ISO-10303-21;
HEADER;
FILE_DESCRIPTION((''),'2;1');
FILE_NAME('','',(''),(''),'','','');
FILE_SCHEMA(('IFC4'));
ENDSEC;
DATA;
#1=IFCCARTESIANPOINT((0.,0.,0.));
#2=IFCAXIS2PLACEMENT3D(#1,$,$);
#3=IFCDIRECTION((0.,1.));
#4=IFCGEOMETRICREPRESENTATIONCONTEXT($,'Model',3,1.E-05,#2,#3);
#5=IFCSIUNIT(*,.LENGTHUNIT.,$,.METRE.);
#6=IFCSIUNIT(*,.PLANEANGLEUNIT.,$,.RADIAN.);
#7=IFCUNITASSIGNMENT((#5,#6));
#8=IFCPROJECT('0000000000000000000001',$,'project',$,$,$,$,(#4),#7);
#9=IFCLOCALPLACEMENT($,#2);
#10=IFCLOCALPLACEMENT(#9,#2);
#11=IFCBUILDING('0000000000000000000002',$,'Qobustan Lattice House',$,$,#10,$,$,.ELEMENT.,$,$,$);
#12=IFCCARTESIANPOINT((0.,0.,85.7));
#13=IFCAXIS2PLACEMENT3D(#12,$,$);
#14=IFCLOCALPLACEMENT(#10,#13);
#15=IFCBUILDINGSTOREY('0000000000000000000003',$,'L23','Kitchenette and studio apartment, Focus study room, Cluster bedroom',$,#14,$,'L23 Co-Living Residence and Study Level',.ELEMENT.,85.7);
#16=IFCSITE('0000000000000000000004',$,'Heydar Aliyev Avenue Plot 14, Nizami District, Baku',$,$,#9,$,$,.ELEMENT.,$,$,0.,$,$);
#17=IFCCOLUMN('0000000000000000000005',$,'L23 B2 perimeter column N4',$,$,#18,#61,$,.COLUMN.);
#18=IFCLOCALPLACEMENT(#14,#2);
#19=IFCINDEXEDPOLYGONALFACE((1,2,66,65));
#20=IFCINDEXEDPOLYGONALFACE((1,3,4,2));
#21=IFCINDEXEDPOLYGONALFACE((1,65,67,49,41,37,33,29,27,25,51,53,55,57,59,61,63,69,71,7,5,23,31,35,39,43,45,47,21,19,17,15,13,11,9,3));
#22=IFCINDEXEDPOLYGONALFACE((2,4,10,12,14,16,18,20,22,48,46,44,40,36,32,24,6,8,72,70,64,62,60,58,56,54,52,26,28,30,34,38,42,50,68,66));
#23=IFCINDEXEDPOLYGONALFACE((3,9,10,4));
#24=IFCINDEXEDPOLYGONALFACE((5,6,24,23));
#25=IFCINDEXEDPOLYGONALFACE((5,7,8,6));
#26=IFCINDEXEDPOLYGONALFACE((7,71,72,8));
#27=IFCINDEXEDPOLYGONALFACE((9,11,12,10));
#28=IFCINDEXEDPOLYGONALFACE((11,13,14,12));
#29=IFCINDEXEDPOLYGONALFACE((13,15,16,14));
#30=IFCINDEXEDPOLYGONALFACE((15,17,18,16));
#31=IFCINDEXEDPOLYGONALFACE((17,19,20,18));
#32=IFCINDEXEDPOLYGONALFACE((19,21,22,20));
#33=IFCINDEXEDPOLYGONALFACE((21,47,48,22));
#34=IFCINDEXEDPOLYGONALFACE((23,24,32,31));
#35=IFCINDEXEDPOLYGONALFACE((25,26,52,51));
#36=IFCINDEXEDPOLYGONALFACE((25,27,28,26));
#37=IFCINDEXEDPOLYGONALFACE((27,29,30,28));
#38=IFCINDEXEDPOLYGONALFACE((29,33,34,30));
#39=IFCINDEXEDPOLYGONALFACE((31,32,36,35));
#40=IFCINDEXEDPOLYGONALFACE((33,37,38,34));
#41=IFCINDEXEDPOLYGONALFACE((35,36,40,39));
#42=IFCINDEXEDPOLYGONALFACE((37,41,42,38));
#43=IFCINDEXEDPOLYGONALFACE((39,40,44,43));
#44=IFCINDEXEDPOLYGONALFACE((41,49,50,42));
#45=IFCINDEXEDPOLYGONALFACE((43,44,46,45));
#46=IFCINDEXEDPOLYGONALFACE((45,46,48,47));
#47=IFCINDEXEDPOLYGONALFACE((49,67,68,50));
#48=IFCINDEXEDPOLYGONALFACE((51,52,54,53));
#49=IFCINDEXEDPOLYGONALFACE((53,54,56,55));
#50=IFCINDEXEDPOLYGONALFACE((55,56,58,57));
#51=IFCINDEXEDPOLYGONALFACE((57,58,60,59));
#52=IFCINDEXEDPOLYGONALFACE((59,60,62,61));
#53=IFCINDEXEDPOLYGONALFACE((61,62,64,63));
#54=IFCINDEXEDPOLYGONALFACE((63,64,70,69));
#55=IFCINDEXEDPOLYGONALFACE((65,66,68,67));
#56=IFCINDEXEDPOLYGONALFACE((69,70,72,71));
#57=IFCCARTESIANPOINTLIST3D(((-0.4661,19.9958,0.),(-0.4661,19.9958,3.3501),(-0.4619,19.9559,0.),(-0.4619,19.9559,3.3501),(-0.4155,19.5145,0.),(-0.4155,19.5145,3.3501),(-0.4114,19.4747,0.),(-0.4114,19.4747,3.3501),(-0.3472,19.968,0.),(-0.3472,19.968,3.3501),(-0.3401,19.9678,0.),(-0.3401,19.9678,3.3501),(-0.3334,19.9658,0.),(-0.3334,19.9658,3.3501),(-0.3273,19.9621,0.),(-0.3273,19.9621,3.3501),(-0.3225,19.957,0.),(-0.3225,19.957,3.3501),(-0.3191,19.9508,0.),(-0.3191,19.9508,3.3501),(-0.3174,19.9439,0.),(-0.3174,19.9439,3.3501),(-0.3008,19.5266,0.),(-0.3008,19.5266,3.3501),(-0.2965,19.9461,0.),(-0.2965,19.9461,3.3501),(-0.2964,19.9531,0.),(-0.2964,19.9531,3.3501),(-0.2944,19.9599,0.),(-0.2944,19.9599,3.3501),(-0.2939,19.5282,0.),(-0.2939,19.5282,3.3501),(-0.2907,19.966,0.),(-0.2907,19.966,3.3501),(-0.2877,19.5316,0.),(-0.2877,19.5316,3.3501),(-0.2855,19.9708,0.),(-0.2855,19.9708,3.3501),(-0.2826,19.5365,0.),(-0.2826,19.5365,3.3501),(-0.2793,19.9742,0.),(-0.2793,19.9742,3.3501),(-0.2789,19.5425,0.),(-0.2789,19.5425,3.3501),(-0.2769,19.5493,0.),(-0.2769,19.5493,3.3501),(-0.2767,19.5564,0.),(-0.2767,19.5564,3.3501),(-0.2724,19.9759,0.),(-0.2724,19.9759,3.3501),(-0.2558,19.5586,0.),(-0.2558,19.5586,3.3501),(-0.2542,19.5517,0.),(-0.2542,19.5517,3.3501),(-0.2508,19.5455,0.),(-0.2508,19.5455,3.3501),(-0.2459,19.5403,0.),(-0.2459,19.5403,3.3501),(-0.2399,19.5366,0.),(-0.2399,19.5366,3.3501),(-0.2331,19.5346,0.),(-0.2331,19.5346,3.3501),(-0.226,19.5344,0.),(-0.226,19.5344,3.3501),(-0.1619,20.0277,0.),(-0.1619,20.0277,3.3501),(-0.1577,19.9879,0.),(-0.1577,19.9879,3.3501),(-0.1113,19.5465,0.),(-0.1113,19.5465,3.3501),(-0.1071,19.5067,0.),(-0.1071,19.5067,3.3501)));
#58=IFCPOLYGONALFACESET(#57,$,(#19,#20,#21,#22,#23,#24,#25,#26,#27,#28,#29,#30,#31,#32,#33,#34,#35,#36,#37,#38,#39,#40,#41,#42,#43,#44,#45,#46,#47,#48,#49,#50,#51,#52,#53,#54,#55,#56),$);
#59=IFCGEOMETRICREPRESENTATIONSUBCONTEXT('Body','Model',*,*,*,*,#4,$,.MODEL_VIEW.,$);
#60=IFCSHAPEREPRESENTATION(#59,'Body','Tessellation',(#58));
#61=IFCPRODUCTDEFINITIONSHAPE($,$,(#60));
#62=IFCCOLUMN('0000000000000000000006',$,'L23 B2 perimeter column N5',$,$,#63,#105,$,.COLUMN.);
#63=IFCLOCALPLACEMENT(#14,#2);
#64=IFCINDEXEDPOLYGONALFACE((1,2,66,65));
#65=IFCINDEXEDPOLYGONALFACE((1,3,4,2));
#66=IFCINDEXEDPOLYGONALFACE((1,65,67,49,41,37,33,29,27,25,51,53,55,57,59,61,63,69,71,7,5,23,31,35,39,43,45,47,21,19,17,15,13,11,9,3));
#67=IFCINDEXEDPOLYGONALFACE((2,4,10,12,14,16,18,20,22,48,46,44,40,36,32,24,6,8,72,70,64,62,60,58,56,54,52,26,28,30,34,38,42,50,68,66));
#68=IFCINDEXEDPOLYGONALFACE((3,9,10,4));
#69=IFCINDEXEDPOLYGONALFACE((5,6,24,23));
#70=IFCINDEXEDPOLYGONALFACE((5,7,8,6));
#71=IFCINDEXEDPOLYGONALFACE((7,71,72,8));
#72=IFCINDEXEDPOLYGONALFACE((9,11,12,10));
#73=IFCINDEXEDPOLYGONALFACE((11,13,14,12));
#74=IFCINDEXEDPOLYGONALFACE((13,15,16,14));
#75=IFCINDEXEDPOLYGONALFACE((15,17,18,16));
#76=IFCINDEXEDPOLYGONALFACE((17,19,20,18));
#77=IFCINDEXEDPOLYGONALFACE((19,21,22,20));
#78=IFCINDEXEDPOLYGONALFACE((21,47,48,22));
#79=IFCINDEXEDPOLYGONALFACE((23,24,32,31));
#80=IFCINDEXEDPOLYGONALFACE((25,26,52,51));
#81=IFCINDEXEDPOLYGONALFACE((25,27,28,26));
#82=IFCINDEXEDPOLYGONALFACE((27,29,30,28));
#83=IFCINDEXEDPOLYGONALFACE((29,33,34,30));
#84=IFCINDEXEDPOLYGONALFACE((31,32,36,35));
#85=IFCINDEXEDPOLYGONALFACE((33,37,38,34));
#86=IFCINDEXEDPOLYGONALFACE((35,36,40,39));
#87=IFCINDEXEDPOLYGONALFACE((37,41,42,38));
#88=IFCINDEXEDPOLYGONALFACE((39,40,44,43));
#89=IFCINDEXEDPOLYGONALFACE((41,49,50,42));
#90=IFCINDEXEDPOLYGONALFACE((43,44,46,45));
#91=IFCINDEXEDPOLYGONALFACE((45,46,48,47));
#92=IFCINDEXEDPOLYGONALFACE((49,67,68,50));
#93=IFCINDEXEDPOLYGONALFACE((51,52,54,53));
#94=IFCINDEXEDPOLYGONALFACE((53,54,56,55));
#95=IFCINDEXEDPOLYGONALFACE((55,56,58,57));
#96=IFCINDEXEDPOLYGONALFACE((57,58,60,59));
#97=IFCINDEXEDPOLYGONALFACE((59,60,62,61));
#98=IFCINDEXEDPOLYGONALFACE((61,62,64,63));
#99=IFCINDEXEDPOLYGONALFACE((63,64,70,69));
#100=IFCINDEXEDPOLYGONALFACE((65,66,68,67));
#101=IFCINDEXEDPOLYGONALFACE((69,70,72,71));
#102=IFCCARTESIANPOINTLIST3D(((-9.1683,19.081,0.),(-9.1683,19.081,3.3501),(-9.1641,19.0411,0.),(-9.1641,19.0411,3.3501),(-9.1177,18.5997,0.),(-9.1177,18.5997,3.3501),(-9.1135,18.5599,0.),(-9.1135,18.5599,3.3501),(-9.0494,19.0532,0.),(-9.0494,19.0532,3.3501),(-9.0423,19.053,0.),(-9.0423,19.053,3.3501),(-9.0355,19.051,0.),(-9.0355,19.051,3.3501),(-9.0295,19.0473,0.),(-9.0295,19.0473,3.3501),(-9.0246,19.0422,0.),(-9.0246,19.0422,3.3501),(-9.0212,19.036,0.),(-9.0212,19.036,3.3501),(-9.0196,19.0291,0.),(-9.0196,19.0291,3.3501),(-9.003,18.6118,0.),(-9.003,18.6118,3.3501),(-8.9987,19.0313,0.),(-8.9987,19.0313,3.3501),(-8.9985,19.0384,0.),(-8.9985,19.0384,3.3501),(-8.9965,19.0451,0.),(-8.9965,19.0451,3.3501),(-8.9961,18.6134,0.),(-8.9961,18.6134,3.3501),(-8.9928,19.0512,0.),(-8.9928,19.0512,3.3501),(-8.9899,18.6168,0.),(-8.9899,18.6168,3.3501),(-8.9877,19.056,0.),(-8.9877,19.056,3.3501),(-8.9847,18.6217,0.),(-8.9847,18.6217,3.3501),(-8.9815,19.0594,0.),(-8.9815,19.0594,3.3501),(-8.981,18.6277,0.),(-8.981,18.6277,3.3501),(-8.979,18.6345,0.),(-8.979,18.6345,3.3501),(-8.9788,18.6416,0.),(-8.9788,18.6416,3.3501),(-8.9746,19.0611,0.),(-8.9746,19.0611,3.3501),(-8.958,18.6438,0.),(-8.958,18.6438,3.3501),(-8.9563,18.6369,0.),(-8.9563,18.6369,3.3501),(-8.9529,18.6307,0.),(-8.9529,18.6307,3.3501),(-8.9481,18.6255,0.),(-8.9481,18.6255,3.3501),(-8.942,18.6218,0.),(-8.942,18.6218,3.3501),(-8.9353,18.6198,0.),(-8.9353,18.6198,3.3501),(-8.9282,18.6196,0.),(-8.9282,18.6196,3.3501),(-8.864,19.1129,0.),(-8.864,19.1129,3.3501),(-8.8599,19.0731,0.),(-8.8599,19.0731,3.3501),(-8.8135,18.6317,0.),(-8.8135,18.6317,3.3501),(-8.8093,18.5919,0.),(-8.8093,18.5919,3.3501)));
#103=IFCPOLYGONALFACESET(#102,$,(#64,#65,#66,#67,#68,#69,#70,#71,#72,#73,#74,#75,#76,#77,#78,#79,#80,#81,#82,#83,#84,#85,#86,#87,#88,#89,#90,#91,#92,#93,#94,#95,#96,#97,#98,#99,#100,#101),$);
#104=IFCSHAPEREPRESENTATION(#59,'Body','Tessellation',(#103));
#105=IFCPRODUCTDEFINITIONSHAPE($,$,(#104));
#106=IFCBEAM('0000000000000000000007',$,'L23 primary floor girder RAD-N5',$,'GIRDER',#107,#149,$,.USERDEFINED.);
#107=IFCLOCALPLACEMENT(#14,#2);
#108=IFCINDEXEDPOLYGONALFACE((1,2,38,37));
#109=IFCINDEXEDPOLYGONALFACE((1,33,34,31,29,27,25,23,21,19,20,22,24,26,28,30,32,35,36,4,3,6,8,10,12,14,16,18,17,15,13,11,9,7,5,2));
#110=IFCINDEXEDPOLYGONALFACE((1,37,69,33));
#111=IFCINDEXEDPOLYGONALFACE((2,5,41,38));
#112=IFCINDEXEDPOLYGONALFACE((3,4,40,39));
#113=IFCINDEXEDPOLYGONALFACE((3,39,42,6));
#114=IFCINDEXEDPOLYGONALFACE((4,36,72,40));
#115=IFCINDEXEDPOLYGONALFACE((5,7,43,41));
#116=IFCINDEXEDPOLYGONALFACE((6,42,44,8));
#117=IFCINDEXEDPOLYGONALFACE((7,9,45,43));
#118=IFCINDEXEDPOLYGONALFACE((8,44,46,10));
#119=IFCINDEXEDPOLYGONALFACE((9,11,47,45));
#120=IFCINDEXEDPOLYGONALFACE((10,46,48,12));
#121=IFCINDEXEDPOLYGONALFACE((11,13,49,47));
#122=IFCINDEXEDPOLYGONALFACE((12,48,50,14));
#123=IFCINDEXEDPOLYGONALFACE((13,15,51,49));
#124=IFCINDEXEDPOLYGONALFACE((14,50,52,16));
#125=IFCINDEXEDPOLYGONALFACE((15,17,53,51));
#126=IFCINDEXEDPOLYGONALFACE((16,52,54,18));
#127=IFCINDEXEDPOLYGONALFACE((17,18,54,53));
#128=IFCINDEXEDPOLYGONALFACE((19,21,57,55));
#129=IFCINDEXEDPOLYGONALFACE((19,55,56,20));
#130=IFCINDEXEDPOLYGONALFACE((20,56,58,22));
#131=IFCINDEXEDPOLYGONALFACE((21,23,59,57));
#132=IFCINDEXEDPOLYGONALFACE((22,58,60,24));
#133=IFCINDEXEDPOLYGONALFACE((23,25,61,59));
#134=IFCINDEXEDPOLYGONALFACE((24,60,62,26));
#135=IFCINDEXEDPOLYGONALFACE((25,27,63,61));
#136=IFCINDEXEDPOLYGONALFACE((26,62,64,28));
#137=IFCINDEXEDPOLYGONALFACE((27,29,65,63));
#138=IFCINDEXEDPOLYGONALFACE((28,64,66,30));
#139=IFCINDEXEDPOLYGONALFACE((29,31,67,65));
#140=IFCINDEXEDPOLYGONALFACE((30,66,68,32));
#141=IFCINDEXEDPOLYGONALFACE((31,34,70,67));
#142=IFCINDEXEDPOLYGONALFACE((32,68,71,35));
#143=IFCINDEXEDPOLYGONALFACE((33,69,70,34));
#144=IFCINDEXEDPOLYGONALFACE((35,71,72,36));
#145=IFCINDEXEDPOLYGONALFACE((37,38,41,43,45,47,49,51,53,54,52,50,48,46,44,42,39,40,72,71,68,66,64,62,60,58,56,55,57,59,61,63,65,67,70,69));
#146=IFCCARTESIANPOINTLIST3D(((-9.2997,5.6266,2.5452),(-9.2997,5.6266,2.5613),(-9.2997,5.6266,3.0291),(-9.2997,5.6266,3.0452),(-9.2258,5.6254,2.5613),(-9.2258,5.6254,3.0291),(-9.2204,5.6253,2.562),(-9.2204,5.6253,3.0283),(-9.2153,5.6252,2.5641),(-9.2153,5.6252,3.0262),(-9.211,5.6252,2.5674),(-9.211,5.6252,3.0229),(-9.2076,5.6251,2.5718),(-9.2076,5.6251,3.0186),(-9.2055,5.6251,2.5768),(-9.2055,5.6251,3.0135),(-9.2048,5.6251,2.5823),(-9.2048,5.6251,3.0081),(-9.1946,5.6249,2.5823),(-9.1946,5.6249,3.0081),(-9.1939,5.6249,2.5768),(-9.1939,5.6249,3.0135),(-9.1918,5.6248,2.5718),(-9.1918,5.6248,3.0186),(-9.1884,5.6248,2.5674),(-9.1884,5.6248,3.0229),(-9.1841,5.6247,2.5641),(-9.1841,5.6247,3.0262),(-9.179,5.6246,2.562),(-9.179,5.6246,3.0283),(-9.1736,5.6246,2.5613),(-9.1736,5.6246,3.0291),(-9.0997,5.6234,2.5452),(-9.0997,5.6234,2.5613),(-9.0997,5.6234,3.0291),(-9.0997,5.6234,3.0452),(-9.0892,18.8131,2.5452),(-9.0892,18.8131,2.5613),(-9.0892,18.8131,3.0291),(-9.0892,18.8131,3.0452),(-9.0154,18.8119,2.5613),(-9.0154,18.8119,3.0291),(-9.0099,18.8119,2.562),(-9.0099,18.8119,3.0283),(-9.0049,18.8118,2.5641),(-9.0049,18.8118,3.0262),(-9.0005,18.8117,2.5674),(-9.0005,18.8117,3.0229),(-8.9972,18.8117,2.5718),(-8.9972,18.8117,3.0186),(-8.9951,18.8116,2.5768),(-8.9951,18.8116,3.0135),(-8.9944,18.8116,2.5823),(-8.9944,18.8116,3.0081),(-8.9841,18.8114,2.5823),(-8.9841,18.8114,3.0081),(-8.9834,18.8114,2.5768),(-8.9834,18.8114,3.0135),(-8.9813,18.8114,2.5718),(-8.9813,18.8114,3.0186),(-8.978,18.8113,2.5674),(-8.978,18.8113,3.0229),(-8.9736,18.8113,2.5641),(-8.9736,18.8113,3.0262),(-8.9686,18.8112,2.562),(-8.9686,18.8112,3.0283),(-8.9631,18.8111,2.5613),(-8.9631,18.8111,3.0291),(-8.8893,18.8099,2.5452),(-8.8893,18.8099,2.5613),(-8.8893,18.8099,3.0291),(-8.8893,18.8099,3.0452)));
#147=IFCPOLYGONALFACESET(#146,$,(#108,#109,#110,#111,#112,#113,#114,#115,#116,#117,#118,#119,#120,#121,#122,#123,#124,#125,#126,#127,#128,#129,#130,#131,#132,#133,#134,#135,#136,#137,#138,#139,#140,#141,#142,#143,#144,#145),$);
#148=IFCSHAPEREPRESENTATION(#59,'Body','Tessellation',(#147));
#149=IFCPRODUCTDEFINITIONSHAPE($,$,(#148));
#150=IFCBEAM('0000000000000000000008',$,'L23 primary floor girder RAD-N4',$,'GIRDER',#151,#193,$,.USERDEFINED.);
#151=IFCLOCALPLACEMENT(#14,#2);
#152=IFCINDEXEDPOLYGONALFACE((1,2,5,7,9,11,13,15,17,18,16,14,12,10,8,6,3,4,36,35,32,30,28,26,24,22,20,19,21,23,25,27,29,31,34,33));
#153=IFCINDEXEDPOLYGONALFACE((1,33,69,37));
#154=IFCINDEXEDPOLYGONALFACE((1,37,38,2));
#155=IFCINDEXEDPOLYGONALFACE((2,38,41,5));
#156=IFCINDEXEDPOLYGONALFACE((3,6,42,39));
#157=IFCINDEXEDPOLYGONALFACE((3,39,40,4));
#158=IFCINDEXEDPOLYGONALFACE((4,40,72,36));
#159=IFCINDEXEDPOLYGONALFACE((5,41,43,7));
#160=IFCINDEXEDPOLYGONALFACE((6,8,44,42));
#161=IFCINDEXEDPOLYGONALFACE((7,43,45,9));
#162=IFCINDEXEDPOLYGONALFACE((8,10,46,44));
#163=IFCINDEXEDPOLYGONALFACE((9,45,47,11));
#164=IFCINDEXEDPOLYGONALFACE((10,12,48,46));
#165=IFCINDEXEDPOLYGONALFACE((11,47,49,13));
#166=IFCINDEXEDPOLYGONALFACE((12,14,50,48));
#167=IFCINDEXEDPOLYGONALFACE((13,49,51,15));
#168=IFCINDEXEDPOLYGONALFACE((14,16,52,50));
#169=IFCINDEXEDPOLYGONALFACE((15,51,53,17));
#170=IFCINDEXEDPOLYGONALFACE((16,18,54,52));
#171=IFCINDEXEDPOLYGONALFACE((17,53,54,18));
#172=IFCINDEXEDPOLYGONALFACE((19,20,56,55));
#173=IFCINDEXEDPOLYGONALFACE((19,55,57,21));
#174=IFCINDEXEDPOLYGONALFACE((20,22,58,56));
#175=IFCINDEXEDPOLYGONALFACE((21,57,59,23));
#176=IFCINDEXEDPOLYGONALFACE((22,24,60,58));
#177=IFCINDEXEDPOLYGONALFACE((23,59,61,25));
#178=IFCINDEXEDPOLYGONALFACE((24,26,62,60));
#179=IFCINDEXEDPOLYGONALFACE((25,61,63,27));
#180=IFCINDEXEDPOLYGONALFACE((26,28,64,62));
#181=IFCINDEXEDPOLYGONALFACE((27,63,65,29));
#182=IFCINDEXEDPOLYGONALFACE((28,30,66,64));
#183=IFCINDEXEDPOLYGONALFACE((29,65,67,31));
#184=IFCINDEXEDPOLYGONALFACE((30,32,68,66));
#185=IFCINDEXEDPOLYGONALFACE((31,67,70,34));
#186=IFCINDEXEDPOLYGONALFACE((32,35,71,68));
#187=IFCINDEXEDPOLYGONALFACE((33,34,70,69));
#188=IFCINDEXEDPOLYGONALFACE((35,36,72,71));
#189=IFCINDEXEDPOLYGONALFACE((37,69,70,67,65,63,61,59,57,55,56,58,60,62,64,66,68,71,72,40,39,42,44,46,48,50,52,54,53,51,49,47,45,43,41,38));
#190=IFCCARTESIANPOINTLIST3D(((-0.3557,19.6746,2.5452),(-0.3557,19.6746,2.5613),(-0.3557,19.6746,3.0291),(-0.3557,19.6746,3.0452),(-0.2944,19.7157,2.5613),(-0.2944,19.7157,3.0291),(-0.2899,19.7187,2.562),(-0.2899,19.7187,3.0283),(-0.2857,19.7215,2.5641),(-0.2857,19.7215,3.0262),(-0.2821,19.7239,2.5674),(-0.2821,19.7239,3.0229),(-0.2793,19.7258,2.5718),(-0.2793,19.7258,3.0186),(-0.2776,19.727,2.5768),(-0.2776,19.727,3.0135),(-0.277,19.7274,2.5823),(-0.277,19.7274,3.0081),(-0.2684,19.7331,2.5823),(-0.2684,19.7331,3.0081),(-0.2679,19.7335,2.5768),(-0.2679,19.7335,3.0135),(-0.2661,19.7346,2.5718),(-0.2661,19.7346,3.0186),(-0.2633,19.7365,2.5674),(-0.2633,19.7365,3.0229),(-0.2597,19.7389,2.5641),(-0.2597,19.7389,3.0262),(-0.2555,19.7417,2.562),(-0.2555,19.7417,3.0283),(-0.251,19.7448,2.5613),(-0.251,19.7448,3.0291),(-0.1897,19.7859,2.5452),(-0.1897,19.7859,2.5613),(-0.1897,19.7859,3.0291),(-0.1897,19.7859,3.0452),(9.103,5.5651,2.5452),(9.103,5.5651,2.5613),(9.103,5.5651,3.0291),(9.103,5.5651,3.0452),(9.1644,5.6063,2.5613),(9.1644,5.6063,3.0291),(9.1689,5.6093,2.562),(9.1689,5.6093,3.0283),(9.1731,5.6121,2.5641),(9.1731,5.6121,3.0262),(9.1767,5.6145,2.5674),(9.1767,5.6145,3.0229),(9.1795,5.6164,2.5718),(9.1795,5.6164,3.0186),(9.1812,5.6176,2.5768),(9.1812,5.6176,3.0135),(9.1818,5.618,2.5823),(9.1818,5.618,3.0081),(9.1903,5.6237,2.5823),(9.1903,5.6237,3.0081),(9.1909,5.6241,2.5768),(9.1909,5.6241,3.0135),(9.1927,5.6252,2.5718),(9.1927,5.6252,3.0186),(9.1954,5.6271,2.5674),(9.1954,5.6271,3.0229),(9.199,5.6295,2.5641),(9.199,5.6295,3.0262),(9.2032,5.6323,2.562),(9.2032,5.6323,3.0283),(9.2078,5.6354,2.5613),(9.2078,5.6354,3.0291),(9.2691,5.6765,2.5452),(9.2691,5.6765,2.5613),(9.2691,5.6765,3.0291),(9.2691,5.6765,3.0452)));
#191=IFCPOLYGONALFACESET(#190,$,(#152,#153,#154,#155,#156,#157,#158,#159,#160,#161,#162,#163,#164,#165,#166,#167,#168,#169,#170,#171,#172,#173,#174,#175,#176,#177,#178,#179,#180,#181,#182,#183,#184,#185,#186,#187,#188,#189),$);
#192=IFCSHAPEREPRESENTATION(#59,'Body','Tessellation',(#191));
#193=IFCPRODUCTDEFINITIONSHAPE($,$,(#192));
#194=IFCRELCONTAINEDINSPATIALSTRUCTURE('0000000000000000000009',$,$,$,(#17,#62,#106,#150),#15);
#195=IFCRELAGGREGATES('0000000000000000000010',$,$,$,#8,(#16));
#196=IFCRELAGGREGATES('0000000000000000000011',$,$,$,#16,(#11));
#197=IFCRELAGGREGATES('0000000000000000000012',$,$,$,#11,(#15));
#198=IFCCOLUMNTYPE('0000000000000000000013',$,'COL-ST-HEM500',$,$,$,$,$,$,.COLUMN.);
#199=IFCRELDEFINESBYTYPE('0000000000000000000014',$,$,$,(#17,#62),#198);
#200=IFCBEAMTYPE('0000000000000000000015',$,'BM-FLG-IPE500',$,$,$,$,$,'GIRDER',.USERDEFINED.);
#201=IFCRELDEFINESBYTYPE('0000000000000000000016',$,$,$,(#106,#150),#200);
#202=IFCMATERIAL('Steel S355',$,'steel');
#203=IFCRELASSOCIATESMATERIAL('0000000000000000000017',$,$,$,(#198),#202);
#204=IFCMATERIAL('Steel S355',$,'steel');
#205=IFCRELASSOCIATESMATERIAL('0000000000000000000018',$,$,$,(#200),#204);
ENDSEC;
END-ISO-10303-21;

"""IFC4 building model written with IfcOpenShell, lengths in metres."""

from ifc_helpers import new_model, si_unit, direction, frame, origin, origin_2d, place, context, subcontext, project, spatial, i_section, extrude, material, material_profile, profile_set, type_object, element, save


model = new_model("IFC4")

# Units and contexts
model_context = context("Model", 3, precision=1e-05, world=origin(), true_north=direction((0.0, 1.0)))
body_context = subcontext(model_context, "Body", "Model", "MODEL_VIEW")
ifc_project = project(units=[si_unit("LENGTHUNIT", "METRE"), si_unit("PLANEANGLEUNIT", "RADIAN")], contexts=[model_context])

# Site, building, storey
site_placement = place(None, origin())
site = spatial("IfcSite", under=ifc_project, at=site_placement, Name="Heydar Aliyev Avenue Plot 14, Nizami District, Baku", CompositionType="ELEMENT", RefElevation=0.0)
building_placement = place(site_placement, origin())
building = spatial("IfcBuilding", under=site, at=building_placement, Name="Qobustan Lattice House", CompositionType="ELEMENT")
storey_placement = place(building_placement, frame((0.0, 0.0, 85.7)))
storey = spatial("IfcBuildingStorey", under=building, at=storey_placement, Name="L23", Description="Kitchenette and studio apartment, Focus study room, Cluster bedroom", LongName="L23 Co-Living Residence and Study Level", CompositionType="ELEMENT", Elevation=85.7)

# Columns
ifc_material_1 = material(Name="Steel S355", Category="steel")
ifc_material_profile_1 = material_profile(ifc_material_1, i_section(OverallWidth=0.3059, OverallDepth=0.5239, WebThickness=0.021, FlangeThickness=0.04, FilletRadius=0.0271, at=origin_2d()), Name="HEM500")
ifc_profile_set_1 = profile_set([ifc_material_profile_1], Name="Steel S355")
column_type = type_object("IfcColumnType", Name="COL-ST-HEM500", PredefinedType="COLUMN", material=ifc_profile_set_1)
for number, where, z_axis, x_axis, name in (
    (1, (-0.2866, 19.7512, 0.0), (0.0, 0.0, 1.0), (0.994522, 0.104528, 0.0), "L23 B2 perimeter column N4"),
    (2, (-8.9888, 18.8364, 0.0), (0.0, 0.0, 1.0), (0.994522, 0.104528, 0.0), "L23 B2 perimeter column N5"),
):
    element("IfcColumn", number, at=place(storey_placement, frame(where, z_axis=z_axis, x_axis=x_axis)), inside=storey, type_object=column_type, Name=name, PredefinedType="COLUMN", context=body_context, shape_type="SweptSolid", body=[
        extrude(i_section(OverallWidth=0.3059, OverallDepth=0.5239, WebThickness=0.021, FlangeThickness=0.04, FilletRadius=0.0271, at=origin_2d()), origin(), (0.0, 0.0, 1.0), 3.3501),
    ])

# Beams
ifc_material_2 = material(Name="Steel S355", Category="steel")
ifc_material_profile_2 = material_profile(ifc_material_2, i_section(OverallWidth=0.2, OverallDepth=0.5, WebThickness=0.0103, FlangeThickness=0.0161, FilletRadius=0.021, at=origin_2d()), Name="IPE500")
ifc_profile_set_2 = profile_set([ifc_material_profile_2], Name="Steel S355")
beam_type_1 = type_object("IfcBeamType", Name="BM-FLG-IPE500", ElementType="GIRDER", PredefinedType="USERDEFINED", material=ifc_profile_set_2)
beam_1_placement = place(storey_placement, frame((-8.9893, 18.8115, 2.7952), z_axis=(-0.015957, -0.999873, 0.0), x_axis=(0.999873, -0.015957, 0.0)))
element("IfcBeam", 3, at=beam_1_placement, inside=storey, type_object=beam_type_1, Name="L23 primary floor girder RAD-N5", ObjectType="GIRDER", PredefinedType="USERDEFINED", context=body_context, shape_type="SweptSolid", body=[
    extrude(i_section(OverallWidth=0.2, OverallDepth=0.5, WebThickness=0.0103, FlangeThickness=0.0161, FilletRadius=0.021, at=origin_2d()), origin(), (0.0, 0.0, 1.0), 13.1882),
])
beam_2_placement = place(storey_placement, frame((-0.2727, 19.7302, 2.7952), z_axis=(0.556838, -0.830621, 0.0), x_axis=(0.830621, 0.556838, 0.0)))
element("IfcBeam", 4, at=beam_2_placement, inside=storey, type_object=beam_type_1, Name="L23 primary floor girder RAD-N4", ObjectType="GIRDER", PredefinedType="USERDEFINED", context=body_context, shape_type="SweptSolid", body=[
    extrude(i_section(OverallWidth=0.2, OverallDepth=0.5, WebThickness=0.0103, FlangeThickness=0.0161, FilletRadius=0.021, at=origin_2d()), origin(), (0.0, 0.0, 1.0), 16.9866),
])

save(model, "model.ifc")
